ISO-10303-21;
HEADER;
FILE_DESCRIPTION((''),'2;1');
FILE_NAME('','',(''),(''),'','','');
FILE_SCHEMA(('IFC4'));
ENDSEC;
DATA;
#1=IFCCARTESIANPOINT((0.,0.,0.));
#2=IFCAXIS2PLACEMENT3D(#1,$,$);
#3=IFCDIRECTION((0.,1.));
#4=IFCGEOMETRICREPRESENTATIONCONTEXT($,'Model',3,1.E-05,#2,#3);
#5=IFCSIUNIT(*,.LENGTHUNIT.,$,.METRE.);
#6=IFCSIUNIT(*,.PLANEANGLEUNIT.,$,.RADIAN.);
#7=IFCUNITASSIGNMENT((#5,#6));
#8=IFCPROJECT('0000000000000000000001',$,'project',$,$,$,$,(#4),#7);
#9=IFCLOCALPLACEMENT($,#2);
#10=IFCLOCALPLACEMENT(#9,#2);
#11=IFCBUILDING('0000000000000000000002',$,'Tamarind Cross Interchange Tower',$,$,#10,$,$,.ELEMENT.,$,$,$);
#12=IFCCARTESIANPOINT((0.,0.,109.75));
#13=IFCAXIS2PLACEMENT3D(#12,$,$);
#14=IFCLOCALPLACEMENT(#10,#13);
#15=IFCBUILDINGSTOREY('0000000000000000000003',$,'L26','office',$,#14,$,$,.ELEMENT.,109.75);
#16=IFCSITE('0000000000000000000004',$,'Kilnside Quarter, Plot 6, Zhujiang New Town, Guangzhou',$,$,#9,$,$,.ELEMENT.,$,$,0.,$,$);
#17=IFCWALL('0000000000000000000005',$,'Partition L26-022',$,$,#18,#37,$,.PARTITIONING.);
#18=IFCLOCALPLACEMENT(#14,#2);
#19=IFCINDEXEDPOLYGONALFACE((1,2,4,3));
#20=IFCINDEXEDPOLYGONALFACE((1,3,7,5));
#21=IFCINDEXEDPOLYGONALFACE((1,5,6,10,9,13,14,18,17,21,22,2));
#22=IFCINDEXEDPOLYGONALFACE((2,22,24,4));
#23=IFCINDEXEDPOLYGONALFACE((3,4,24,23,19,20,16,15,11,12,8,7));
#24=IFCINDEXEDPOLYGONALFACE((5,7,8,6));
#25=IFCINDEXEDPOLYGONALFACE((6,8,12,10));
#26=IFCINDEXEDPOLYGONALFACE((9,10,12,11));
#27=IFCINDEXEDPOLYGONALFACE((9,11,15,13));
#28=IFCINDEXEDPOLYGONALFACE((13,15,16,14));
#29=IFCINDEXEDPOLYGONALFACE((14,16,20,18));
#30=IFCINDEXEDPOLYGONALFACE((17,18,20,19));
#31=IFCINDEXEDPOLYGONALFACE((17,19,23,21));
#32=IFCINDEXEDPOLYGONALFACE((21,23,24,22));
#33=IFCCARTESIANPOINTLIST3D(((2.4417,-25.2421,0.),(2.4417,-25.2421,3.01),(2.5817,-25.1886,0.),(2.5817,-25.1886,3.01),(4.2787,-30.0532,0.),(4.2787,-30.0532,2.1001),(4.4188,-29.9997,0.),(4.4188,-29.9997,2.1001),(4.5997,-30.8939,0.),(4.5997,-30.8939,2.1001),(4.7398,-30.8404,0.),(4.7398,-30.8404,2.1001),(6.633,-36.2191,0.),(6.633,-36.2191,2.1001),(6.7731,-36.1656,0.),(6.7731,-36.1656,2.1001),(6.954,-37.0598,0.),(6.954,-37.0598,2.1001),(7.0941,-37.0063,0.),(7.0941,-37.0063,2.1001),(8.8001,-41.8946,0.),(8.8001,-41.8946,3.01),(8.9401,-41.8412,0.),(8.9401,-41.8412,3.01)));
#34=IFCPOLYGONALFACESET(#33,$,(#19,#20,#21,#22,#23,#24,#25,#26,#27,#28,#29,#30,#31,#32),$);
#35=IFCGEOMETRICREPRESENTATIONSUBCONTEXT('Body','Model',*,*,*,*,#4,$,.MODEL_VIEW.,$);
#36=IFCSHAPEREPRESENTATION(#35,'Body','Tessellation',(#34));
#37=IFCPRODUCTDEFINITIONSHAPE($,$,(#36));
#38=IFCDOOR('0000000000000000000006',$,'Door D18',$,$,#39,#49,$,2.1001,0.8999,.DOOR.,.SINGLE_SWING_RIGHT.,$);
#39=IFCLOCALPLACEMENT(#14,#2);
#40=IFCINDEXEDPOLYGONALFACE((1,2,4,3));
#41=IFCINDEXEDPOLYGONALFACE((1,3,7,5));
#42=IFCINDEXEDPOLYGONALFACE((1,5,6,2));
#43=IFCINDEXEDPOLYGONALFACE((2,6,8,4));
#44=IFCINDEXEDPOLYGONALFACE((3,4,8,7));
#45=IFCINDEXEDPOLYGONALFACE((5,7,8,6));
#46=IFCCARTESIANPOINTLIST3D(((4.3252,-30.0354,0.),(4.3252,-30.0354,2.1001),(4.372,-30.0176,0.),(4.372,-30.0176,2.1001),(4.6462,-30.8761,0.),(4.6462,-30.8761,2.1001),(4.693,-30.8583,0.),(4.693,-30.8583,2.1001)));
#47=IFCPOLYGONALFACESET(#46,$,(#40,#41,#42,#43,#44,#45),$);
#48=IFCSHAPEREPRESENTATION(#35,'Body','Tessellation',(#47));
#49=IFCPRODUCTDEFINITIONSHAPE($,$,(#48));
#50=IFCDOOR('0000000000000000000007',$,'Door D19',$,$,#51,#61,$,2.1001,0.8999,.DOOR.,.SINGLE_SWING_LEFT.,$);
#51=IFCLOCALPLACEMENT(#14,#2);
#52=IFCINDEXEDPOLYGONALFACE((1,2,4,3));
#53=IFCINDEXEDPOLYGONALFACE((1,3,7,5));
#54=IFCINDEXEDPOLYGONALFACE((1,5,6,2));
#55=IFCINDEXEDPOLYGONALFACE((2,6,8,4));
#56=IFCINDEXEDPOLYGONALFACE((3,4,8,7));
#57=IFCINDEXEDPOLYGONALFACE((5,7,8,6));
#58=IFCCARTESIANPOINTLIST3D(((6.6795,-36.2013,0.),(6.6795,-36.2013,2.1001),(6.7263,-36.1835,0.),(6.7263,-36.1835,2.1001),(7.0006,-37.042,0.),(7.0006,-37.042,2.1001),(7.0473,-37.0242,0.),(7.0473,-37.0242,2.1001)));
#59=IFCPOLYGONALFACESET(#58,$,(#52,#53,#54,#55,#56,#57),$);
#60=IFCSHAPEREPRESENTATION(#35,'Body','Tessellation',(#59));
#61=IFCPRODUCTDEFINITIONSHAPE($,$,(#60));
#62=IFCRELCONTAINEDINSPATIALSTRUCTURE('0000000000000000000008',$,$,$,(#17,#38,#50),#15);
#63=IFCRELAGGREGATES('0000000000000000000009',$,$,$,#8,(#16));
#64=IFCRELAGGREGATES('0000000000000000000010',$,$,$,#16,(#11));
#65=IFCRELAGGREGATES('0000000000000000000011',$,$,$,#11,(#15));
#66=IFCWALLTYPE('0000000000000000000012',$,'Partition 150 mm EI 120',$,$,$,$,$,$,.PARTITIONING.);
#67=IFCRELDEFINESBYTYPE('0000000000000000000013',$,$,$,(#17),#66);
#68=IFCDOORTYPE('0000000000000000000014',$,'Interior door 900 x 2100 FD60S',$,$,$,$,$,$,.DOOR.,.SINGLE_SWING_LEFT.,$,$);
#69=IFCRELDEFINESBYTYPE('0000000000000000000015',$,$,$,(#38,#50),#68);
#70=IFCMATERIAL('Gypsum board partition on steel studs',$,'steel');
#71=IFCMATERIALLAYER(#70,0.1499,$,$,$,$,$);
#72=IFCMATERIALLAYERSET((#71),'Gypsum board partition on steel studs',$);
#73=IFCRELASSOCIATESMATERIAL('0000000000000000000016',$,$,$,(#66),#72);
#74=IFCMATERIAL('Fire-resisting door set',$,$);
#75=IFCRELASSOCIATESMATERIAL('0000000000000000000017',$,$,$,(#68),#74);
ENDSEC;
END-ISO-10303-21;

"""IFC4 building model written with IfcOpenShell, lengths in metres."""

from ifc_helpers import new_model, si_unit, direction, frame, frame_2d, origin, place, context, subcontext, project, spatial, rectangle, extrude, material, layer, layer_set, type_object, element, fill, save


model = new_model("IFC4")

# Units and contexts
model_context = context("Model", 3, precision=1e-05, world=origin(), true_north=direction((0.0, 1.0)))
body_context = subcontext(model_context, "Body", "Model", "MODEL_VIEW")
ifc_project = project(units=[si_unit("LENGTHUNIT", "METRE"), si_unit("PLANEANGLEUNIT", "RADIAN")], contexts=[model_context])

# Site, building, storey
site_placement = place(None, origin())
site = spatial("IfcSite", under=ifc_project, at=site_placement, Name="Kilnside Quarter, Plot 6, Zhujiang New Town, Guangzhou", CompositionType="ELEMENT", RefElevation=0.0)
building_placement = place(site_placement, origin())
building = spatial("IfcBuilding", under=site, at=building_placement, Name="Tamarind Cross Interchange Tower", CompositionType="ELEMENT")
storey_placement = place(building_placement, frame((0.0, 0.0, 109.75)))
storey = spatial("IfcBuildingStorey", under=building, at=storey_placement, Name="L26", Description="office", CompositionType="ELEMENT", Elevation=109.75)

# Shared definitions
ifc_material_1 = material(Name="Gypsum board partition on steel studs", Category="steel")
ifc_layer_1 = layer(ifc_material_1, 0.1499)
ifc_layer_set_1 = layer_set([ifc_layer_1], Name="Gypsum board partition on steel studs")
wall_type_1 = type_object("IfcWallType", Name="Partition 150 mm EI 120", PredefinedType="PARTITIONING", material=ifc_layer_set_1)

# Wall, openings, doors
wall_1_placement = place(storey_placement, frame((2.5117, -25.2153, 0.0), z_axis=(0.0, 0.0, 1.0), x_axis=(0.356708, -0.934216, 0.0)))
wall_1 = element("IfcWall", 1, at=wall_1_placement, inside=storey, type_object=wall_type_1, Name="Partition L26-022", PredefinedType="PARTITIONING", context=body_context, shape_type="SweptSolid", body=[
    extrude(rectangle(XDim=17.8252, YDim=0.1499, at=frame_2d((8.9126, 0.0))), origin(), (0.0, 0.0, 1.0), 3.01),
])
opening_1_placement = place(wall_1_placement, frame((5.1499, 0.0, 0.0)))
opening_1 = element("IfcOpeningElement", 2, at=opening_1_placement, cuts=wall_1, PredefinedType="OPENING", context=body_context, shape_type="SweptSolid", body=[
    extrude(rectangle(XDim=0.8999, YDim=2.1001, at=frame_2d((0.45, 1.05))), frame((0.0, 0.085, 0.0), z_axis=(0.0, -1.0, 0.0), x_axis=(1.0, 0.0, 0.0)), (0.0, 0.0, 1.0), 0.1699),
])
opening_2_placement = place(wall_1_placement, frame((11.75, 0.0, 0.0)))
opening_2 = element("IfcOpeningElement", 3, at=opening_2_placement, cuts=wall_1, PredefinedType="OPENING", context=body_context, shape_type="SweptSolid", body=[
    extrude(rectangle(XDim=0.8999, YDim=2.1001, at=frame_2d((0.45, 1.05))), frame((0.0, 0.085, 0.0), z_axis=(0.0, -1.0, 0.0), x_axis=(1.0, 0.0, 0.0)), (0.0, 0.0, 1.0), 0.1699),
])
ifc_material_2 = material(Name="Fire-resisting door set")
door_type_1 = type_object("IfcDoorType", Name="Interior door 900 x 2100 FD60S", OperationType="SINGLE_SWING_LEFT", PredefinedType="DOOR", material=ifc_material_2)
door_1_placement = place(opening_1_placement, origin())
door_1 = element("IfcDoor", 4, at=door_1_placement, inside=storey, type_object=door_type_1, Name="Door D18", OperationType="SINGLE_SWING_RIGHT", OverallHeight=2.1001, OverallWidth=0.8999, PredefinedType="DOOR", context=body_context, shape_type="SweptSolid", body=[
    extrude(rectangle(XDim=0.8999, YDim=2.1001, at=frame_2d((0.45, 1.05))), frame((0.0, 0.0249, 0.0), z_axis=(0.0, -1.0, 0.0), x_axis=(1.0, 0.0, 0.0)), (0.0, 0.0, 1.0), 0.05),
])
fill(opening_1, door_1)
door_2_placement = place(opening_2_placement, origin())
door_2 = element("IfcDoor", 5, at=door_2_placement, inside=storey, type_object=door_type_1, Name="Door D19", OperationType="SINGLE_SWING_LEFT", OverallHeight=2.1001, OverallWidth=0.8999, PredefinedType="DOOR", context=body_context, shape_type="SweptSolid", body=[
    extrude(rectangle(XDim=0.8999, YDim=2.1001, at=frame_2d((0.45, 1.05))), frame((0.0, 0.0249, 0.0), z_axis=(0.0, -1.0, 0.0), x_axis=(1.0, 0.0, 0.0)), (0.0, 0.0, 1.0), 0.05),
])
fill(opening_2, door_2)

save(model, "model.ifc")
